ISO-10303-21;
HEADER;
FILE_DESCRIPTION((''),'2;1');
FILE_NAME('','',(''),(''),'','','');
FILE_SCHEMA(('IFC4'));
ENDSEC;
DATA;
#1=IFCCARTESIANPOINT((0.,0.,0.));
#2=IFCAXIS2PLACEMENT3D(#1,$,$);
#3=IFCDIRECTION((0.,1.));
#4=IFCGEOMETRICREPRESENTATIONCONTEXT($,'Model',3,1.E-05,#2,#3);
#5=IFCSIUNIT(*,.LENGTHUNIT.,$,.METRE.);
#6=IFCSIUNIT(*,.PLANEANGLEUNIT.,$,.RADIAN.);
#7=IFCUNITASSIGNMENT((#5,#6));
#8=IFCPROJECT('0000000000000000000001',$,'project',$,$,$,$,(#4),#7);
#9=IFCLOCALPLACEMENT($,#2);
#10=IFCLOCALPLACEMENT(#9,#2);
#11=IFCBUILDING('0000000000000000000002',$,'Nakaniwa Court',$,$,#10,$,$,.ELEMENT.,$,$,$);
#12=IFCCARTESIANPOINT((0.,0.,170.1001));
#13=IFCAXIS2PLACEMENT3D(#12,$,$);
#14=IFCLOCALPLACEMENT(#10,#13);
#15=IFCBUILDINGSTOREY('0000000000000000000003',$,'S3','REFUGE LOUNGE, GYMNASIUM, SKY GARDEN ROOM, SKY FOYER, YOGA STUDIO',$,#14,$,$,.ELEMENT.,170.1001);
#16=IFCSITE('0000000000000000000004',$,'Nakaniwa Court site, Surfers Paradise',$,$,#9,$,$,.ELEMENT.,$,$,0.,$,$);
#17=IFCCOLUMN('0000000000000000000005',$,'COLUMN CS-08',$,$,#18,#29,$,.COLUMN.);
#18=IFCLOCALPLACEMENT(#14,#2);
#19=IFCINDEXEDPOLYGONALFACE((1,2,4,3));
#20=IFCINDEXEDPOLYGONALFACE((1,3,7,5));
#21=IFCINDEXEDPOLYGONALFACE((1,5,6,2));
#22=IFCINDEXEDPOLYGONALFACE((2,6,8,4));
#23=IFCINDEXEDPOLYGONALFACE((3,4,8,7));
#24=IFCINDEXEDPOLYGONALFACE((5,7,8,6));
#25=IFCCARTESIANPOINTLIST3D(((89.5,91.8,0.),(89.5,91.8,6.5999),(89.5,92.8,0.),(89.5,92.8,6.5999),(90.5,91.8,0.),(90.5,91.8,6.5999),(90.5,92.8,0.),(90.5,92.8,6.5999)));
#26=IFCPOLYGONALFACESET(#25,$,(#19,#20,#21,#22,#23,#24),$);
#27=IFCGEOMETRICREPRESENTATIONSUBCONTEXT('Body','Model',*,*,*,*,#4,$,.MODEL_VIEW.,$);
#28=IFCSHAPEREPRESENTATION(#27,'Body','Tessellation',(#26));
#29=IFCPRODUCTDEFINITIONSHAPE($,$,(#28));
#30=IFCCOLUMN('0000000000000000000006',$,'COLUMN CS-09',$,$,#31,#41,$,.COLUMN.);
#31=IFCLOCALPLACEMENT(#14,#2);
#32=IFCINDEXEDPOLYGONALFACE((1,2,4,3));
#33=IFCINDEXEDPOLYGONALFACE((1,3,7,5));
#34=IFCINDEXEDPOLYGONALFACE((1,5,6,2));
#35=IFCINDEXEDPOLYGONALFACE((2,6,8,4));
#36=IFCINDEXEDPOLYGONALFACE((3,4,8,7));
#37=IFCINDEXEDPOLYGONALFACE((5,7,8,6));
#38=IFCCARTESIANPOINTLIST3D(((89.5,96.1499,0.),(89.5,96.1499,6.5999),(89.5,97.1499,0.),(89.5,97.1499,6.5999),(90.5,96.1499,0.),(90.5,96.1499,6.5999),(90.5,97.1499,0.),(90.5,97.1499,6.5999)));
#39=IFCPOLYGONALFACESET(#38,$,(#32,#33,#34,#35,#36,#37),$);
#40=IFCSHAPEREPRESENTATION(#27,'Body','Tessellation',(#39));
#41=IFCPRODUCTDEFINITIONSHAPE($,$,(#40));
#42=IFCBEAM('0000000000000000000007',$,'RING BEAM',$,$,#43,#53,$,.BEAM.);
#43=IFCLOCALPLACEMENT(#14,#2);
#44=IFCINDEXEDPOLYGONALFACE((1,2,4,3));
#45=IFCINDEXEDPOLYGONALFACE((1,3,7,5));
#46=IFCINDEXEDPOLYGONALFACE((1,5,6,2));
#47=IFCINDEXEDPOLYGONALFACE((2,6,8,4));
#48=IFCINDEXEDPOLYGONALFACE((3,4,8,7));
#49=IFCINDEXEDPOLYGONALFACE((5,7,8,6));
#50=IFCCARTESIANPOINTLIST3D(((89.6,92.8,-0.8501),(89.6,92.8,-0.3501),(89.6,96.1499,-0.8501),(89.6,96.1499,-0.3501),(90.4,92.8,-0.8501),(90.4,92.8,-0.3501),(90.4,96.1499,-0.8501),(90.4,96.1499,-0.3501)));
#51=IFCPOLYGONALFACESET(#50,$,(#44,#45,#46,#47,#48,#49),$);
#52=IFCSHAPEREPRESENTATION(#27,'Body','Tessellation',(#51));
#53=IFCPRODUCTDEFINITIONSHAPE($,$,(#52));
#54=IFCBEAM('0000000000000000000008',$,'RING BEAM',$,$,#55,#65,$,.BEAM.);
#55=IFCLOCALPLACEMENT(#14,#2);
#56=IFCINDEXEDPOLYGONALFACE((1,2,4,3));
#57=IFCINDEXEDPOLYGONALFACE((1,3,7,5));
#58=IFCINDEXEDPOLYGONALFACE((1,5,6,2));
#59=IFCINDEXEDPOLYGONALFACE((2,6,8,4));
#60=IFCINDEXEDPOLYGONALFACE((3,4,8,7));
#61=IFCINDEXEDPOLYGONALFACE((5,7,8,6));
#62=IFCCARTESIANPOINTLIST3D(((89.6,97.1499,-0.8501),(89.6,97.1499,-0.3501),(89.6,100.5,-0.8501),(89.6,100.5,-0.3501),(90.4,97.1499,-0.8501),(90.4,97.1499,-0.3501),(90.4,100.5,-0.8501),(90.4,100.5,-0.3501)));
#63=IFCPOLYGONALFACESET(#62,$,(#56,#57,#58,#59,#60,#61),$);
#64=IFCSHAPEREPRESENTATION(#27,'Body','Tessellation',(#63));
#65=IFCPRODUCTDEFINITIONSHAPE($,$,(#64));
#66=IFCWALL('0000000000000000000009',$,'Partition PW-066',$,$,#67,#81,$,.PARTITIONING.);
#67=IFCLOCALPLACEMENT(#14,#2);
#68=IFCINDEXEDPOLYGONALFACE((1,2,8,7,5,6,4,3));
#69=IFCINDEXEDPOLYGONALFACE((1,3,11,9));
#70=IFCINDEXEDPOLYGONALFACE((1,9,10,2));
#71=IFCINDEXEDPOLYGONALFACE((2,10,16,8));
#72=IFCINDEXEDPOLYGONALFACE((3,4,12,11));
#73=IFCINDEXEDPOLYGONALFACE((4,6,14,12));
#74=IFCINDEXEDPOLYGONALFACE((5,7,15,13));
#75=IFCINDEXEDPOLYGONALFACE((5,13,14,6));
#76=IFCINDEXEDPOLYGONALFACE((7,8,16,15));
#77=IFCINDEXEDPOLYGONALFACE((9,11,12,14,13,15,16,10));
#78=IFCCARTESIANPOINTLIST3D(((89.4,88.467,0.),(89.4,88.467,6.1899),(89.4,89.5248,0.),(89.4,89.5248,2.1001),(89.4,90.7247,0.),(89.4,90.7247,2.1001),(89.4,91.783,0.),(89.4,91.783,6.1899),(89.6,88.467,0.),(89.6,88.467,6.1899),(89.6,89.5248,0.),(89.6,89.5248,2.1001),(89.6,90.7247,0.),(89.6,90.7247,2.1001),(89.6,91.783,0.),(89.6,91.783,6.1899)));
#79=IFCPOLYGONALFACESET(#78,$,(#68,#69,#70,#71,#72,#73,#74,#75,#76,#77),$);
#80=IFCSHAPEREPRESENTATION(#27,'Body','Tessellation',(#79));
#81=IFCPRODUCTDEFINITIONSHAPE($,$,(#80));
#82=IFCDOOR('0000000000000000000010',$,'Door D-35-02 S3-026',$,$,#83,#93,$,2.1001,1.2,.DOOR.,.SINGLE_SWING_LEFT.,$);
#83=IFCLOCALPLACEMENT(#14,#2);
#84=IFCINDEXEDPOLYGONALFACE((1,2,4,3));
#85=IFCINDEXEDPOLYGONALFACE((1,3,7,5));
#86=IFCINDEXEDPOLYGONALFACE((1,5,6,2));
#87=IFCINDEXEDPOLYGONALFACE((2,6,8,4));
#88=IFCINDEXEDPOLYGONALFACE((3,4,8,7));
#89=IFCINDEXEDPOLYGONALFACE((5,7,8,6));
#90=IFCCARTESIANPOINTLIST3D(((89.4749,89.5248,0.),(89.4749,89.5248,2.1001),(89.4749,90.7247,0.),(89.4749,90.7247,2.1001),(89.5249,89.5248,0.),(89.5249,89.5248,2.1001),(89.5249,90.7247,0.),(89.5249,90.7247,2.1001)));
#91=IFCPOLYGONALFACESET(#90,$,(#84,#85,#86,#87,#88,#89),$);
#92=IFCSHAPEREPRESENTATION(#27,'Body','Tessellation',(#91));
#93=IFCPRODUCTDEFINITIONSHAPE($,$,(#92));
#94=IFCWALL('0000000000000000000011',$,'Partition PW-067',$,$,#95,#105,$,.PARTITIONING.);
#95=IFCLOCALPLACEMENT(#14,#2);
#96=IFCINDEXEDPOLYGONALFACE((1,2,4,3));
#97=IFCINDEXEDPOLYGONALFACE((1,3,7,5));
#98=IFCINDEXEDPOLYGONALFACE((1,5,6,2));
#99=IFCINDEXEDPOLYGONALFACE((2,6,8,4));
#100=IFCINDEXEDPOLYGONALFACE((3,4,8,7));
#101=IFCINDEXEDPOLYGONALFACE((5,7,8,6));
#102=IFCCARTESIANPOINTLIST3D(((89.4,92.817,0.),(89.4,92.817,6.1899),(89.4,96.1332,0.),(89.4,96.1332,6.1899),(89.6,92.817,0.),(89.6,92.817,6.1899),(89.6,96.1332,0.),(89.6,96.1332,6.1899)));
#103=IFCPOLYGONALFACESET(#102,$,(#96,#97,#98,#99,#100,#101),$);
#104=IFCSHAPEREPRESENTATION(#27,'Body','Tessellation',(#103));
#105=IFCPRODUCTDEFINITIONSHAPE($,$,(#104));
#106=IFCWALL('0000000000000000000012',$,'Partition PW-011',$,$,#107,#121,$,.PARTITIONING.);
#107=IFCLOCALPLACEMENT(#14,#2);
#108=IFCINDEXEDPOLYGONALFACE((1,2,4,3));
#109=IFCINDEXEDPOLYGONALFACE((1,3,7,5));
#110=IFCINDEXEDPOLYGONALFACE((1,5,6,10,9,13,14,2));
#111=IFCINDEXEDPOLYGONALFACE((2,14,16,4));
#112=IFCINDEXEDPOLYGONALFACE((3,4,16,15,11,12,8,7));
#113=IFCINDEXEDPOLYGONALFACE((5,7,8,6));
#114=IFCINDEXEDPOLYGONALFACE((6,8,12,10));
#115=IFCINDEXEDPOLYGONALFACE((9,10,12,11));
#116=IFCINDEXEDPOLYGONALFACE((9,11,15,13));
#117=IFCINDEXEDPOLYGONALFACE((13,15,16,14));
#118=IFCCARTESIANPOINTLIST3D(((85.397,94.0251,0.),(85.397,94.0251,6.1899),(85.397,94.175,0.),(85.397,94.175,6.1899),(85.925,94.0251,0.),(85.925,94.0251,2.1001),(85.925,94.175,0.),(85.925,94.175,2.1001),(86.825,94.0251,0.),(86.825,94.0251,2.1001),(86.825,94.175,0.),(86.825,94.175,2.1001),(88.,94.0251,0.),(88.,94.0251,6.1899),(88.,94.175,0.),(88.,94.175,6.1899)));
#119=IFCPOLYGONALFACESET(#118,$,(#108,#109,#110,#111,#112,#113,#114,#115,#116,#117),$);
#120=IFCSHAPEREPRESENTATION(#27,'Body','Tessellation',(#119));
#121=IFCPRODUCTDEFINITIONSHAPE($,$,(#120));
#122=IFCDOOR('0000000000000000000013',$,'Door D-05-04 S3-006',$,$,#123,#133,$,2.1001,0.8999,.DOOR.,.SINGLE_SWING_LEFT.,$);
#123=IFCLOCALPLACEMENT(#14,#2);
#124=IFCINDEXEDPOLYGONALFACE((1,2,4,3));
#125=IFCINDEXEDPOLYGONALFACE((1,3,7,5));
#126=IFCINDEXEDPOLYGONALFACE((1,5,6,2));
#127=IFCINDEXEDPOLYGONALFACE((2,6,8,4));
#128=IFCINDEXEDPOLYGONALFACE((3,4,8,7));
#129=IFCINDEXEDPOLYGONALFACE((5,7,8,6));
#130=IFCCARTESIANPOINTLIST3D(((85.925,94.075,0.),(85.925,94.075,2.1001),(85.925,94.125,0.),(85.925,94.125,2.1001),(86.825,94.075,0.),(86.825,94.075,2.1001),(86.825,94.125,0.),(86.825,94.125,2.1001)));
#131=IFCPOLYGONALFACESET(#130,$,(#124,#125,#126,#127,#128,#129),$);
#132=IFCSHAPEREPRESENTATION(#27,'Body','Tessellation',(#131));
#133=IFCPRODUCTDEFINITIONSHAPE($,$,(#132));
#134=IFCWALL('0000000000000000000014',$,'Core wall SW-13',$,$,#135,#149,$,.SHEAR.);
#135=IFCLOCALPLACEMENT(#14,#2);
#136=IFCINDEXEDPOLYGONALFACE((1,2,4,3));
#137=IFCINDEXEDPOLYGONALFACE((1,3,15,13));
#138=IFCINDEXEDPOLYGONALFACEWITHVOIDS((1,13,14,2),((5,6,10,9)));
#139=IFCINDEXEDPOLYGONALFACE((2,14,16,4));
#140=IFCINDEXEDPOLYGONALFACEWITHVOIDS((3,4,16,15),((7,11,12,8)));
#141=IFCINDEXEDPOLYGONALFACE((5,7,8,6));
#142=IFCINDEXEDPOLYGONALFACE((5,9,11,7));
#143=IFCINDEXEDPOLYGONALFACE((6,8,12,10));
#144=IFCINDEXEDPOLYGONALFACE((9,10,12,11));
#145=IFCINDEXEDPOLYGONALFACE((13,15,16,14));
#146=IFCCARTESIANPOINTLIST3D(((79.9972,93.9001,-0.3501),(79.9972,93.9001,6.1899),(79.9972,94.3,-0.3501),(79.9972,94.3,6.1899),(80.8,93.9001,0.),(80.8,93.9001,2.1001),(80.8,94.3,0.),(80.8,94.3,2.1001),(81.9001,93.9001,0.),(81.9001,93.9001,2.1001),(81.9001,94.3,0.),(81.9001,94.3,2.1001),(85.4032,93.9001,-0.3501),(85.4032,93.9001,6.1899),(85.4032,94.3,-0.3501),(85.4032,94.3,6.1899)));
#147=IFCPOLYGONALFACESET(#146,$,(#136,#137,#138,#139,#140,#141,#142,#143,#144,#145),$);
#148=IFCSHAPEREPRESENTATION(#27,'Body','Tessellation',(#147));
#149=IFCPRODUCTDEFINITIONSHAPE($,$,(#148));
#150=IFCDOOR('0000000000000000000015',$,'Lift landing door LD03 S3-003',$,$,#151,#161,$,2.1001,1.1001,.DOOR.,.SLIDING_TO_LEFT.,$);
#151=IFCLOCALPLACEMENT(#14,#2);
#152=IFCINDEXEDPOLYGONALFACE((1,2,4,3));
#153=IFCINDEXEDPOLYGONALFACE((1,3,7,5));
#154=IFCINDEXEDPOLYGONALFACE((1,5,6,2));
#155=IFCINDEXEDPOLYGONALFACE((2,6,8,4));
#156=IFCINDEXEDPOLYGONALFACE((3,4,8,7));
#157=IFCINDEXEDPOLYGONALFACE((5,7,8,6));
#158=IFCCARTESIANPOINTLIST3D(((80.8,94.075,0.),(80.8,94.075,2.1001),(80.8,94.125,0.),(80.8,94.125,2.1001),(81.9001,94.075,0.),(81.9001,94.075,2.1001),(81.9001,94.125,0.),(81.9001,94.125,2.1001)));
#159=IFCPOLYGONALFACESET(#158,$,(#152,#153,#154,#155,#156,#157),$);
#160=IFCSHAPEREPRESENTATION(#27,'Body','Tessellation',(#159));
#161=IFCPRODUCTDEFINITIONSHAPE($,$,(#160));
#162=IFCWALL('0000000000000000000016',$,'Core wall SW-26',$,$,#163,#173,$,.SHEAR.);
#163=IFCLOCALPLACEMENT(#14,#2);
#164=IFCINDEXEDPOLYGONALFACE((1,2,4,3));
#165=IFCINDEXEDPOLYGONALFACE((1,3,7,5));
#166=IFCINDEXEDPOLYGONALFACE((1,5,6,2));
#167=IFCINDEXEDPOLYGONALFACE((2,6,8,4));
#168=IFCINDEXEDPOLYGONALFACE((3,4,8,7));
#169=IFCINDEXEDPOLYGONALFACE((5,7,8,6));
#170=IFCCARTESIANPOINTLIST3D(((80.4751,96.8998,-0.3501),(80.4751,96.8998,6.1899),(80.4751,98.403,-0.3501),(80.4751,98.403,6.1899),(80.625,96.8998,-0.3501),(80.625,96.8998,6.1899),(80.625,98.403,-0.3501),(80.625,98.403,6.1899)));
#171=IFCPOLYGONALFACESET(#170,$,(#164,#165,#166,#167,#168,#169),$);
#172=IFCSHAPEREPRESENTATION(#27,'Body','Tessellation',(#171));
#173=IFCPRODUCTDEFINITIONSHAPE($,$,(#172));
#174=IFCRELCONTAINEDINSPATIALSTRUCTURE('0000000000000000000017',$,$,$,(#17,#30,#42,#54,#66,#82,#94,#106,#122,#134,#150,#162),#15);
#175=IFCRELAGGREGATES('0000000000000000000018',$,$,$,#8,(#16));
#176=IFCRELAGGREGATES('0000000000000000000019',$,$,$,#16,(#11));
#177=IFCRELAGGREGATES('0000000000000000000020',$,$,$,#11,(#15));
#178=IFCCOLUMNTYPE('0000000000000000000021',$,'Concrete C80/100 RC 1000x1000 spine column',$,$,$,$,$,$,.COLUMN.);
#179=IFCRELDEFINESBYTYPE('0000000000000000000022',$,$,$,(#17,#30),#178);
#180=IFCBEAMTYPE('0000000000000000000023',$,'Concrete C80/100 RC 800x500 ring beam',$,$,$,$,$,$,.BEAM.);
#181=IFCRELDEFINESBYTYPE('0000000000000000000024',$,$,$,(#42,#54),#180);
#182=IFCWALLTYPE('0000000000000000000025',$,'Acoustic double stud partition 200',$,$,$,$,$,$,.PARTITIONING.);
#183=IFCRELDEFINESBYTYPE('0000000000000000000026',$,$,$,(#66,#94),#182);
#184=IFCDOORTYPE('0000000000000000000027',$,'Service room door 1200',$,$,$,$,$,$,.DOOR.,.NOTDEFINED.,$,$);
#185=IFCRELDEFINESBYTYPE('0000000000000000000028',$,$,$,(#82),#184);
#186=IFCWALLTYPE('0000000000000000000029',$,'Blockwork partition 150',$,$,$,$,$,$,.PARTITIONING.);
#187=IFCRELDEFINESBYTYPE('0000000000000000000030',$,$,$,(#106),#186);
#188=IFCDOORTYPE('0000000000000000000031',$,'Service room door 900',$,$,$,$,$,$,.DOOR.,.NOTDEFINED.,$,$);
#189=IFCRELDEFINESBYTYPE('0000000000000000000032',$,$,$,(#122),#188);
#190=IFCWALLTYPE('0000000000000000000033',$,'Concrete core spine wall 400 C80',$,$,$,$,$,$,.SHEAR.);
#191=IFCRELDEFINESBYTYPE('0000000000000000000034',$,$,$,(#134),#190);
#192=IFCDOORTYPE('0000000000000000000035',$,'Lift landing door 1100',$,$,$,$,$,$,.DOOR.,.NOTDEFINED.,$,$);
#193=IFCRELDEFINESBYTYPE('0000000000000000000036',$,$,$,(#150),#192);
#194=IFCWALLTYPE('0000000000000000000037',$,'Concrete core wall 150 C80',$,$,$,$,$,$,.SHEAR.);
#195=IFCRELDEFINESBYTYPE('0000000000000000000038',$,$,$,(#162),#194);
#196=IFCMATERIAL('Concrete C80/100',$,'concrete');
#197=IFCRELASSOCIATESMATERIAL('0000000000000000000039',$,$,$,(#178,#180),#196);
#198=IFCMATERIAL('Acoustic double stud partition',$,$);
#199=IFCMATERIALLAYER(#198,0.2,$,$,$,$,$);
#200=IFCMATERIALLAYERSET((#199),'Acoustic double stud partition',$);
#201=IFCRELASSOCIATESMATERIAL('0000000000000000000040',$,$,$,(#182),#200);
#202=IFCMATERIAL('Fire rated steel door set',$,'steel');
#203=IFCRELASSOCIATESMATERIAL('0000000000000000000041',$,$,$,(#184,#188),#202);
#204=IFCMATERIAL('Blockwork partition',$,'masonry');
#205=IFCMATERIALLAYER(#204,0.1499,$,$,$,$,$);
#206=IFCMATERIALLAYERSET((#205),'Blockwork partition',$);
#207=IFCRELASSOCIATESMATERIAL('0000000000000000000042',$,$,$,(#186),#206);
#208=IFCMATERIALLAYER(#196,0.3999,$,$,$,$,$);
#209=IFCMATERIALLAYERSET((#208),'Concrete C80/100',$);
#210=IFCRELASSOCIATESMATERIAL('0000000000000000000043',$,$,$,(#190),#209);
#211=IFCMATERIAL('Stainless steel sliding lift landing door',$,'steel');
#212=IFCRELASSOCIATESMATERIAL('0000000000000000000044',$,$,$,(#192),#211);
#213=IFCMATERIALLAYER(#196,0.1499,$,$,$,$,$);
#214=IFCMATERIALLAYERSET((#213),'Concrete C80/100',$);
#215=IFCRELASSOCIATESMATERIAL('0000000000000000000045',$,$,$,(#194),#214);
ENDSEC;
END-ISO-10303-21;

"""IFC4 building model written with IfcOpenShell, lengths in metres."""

from ifc_helpers import new_model, si_unit, direction, frame, frame_2d, origin, origin_2d, place, context, subcontext, project, spatial, rectangle, extrude, material, layer, layer_set, material_profile, profile_set, type_object, element, fill, save


model = new_model("IFC4")

# Units and contexts
model_context = context("Model", 3, precision=1e-05, world=origin(), true_north=direction((0.0, 1.0)))
body_context = subcontext(model_context, "Body", "Model", "MODEL_VIEW")
ifc_project = project(units=[si_unit("LENGTHUNIT", "METRE"), si_unit("PLANEANGLEUNIT", "RADIAN")], contexts=[model_context])

# Site, building, storey
site_placement = place(None, origin())
site = spatial("IfcSite", under=ifc_project, at=site_placement, Name="Nakaniwa Court site, Surfers Paradise", CompositionType="ELEMENT", RefElevation=0.0)
building_placement = place(site_placement, origin())
building = spatial("IfcBuilding", under=site, at=building_placement, Name="Nakaniwa Court", CompositionType="ELEMENT")
storey_placement = place(building_placement, frame((0.0, 0.0, 170.1001)))
storey = spatial("IfcBuildingStorey", under=building, at=storey_placement, Name="S3", Description="REFUGE LOUNGE, GYMNASIUM, SKY GARDEN ROOM, SKY FOYER, YOGA STUDIO", CompositionType="ELEMENT", Elevation=170.1001)

# Columns
ifc_material_1 = material(Name="Concrete C80/100", Category="concrete")
ifc_material_profile_1 = material_profile(ifc_material_1, rectangle(XDim=1.0, YDim=1.0, at=origin_2d()), Name="Concrete C80/100 RC 1000x1000 spine column")
ifc_profile_set_1 = profile_set([ifc_material_profile_1], Name="Concrete C80/100")
column_type = type_object("IfcColumnType", Name="Concrete C80/100 RC 1000x1000 spine column", PredefinedType="COLUMN", material=ifc_profile_set_1)
for number, where, z_axis, x_axis, name in (
    (1, (90.0, 92.3, 0.0), (0.0, 0.0, 1.0), (0.0, 1.0, 0.0), "COLUMN CS-08"),
    (2, (90.0, 96.6499, 0.0), (0.0, 0.0, 1.0), (0.0, 1.0, 0.0), "COLUMN CS-09"),
):
    element("IfcColumn", number, at=place(storey_placement, frame(where, z_axis=z_axis, x_axis=x_axis)), inside=storey, type_object=column_type, Name=name, PredefinedType="COLUMN", context=body_context, shape_type="SweptSolid", body=[
        extrude(rectangle(XDim=1.0, YDim=1.0, at=origin_2d()), origin(), (0.0, 0.0, 1.0), 6.5999),
    ])

# Beams
ifc_material_profile_2 = material_profile(ifc_material_1, rectangle(XDim=0.8, YDim=0.5, at=origin_2d()), Name="Concrete C80/100 RC 800x500 ring beam")
ifc_profile_set_2 = profile_set([ifc_material_profile_2], Name="Concrete C80/100")
beam_type = type_object("IfcBeamType", Name="Concrete C80/100 RC 800x500 ring beam", PredefinedType="BEAM", material=ifc_profile_set_2)
beam_1_placement = place(storey_placement, frame((90.0, 92.8, -0.6001), z_axis=(0.0, 1.0, 0.0), x_axis=(-1.0, 0.0, 0.0)))
element("IfcBeam", 3, at=beam_1_placement, inside=storey, type_object=beam_type, Name="RING BEAM", PredefinedType="BEAM", context=body_context, shape_type="SweptSolid", body=[
    extrude(rectangle(XDim=0.8, YDim=0.5, at=origin_2d()), origin(), (0.0, 0.0, 1.0), 3.3499),
])
beam_2_placement = place(storey_placement, frame((90.0, 97.1499, -0.6001), z_axis=(0.0, 1.0, 0.0), x_axis=(-1.0, 0.0, 0.0)))
element("IfcBeam", 4, at=beam_2_placement, inside=storey, type_object=beam_type, Name="RING BEAM", PredefinedType="BEAM", context=body_context, shape_type="SweptSolid", body=[
    extrude(rectangle(XDim=0.8, YDim=0.5, at=origin_2d()), origin(), (0.0, 0.0, 1.0), 3.3501),
])

# Wall, opening, door
ifc_material_2 = material(Name="Acoustic double stud partition")
ifc_layer_1 = layer(ifc_material_2, 0.2)
ifc_layer_set_1 = layer_set([ifc_layer_1], Name="Acoustic double stud partition")
wall_type_1 = type_object("IfcWallType", Name="Acoustic double stud partition 200", PredefinedType="PARTITIONING", material=ifc_layer_set_1)
wall_1_placement = place(storey_placement, frame((89.5, 91.783, 0.0), z_axis=(0.0, 0.0, 1.0), x_axis=(0.0, -1.0, 0.0)))
wall_1 = element("IfcWall", 5, at=wall_1_placement, inside=storey, type_object=wall_type_1, Name="Partition PW-066", PredefinedType="PARTITIONING", context=body_context, shape_type="SweptSolid", body=[
    extrude(rectangle(XDim=3.3159, YDim=0.2, at=frame_2d((1.658, 0.0))), origin(), (0.0, 0.0, 1.0), 6.1899),
])
opening_1_placement = place(wall_1_placement, frame((1.0581, 0.0, 0.0)))
opening_1 = element("IfcOpeningElement", 6, at=opening_1_placement, cuts=wall_1, PredefinedType="OPENING", context=body_context, shape_type="SweptSolid", body=[
    extrude(rectangle(XDim=1.2, YDim=2.1001, at=frame_2d((0.6001, 1.05))), frame((0.0, 0.1099, 0.0), z_axis=(0.0, -1.0, 0.0), x_axis=(1.0, 0.0, 0.0)), (0.0, 0.0, 1.0), 0.22),
])
ifc_material_3 = material(Name="Fire rated steel door set", Category="steel")
door_type_1 = type_object("IfcDoorType", Name="Service room door 1200", OperationType="NOTDEFINED", PredefinedType="DOOR", material=ifc_material_3)
door_1_placement = place(opening_1_placement, origin())
door_1 = element("IfcDoor", 7, at=door_1_placement, inside=storey, type_object=door_type_1, Name="Door D-35-02 S3-026", OperationType="SINGLE_SWING_LEFT", OverallHeight=2.1001, OverallWidth=1.2, PredefinedType="DOOR", context=body_context, shape_type="SweptSolid", body=[
    extrude(rectangle(XDim=1.2, YDim=2.1001, at=frame_2d((0.6001, 1.05))), frame((0.0, 0.0249, 0.0), z_axis=(0.0, -1.0, 0.0), x_axis=(1.0, 0.0, 0.0)), (0.0, 0.0, 1.0), 0.05),
])
fill(opening_1, door_1)

# Wall
wall_2_placement = place(storey_placement, frame((89.5, 92.8169, 0.0), z_axis=(0.0, 0.0, 1.0), x_axis=(0.0, 1.0, 0.0)))
element("IfcWall", 8, at=wall_2_placement, inside=storey, type_object=wall_type_1, Name="Partition PW-067", PredefinedType="PARTITIONING", context=body_context, shape_type="SweptSolid", body=[
    extrude(rectangle(XDim=3.3162, YDim=0.2, at=frame_2d((1.6582, 0.0))), origin(), (0.0, 0.0, 1.0), 6.1899),
])

# Walls, openings, doors
ifc_material_4 = material(Name="Blockwork partition", Category="masonry")
ifc_layer_2 = layer(ifc_material_4, 0.1499)
ifc_layer_set_2 = layer_set([ifc_layer_2], Name="Blockwork partition")
wall_type_2 = type_object("IfcWallType", Name="Blockwork partition 150", PredefinedType="PARTITIONING", material=ifc_layer_set_2)
wall_3_placement = place(storey_placement, frame((85.397, 94.1001, 0.0), z_axis=(0.0, 0.0, 1.0), x_axis=(1.0, 0.0, 0.0)))
wall_3 = element("IfcWall", 9, at=wall_3_placement, inside=storey, type_object=wall_type_2, Name="Partition PW-011", PredefinedType="PARTITIONING", context=body_context, shape_type="SweptSolid", body=[
    extrude(rectangle(XDim=2.603, YDim=0.1499, at=frame_2d((1.3015, 0.0))), origin(), (0.0, 0.0, 1.0), 6.1899),
])
opening_2_placement = place(wall_3_placement, frame((0.5281, 0.0, 0.0)))
opening_2 = element("IfcOpeningElement", 10, at=opening_2_placement, cuts=wall_3, PredefinedType="OPENING", context=body_context, shape_type="SweptSolid", body=[
    extrude(rectangle(XDim=0.8999, YDim=2.1001, at=frame_2d((0.45, 1.05))), frame((0.0, 0.085, 0.0), z_axis=(0.0, -1.0, 0.0), x_axis=(1.0, 0.0, 0.0)), (0.0, 0.0, 1.0), 0.1699),
])
door_type_2 = type_object("IfcDoorType", Name="Service room door 900", OperationType="NOTDEFINED", PredefinedType="DOOR", material=ifc_material_3)
door_2_placement = place(opening_2_placement, origin())
door_2 = element("IfcDoor", 11, at=door_2_placement, inside=storey, type_object=door_type_2, Name="Door D-05-04 S3-006", OperationType="SINGLE_SWING_LEFT", OverallHeight=2.1001, OverallWidth=0.8999, PredefinedType="DOOR", context=body_context, shape_type="SweptSolid", body=[
    extrude(rectangle(XDim=0.8999, YDim=2.1001, at=frame_2d((0.45, 1.05))), frame((0.0, 0.0249, 0.0), z_axis=(0.0, -1.0, 0.0), x_axis=(1.0, 0.0, 0.0)), (0.0, 0.0, 1.0), 0.05),
])
fill(opening_2, door_2)
ifc_layer_3 = layer(ifc_material_1, 0.3999)
ifc_layer_set_3 = layer_set([ifc_layer_3], Name="Concrete C80/100")
wall_type_3 = type_object("IfcWallType", Name="Concrete core spine wall 400 C80", PredefinedType="SHEAR", material=ifc_layer_set_3)
wall_4_placement = place(storey_placement, frame((79.9971, 94.1001, -0.3501), z_axis=(0.0, 0.0, 1.0), x_axis=(1.0, 0.0, 0.0)))
wall_4 = element("IfcWall", 12, at=wall_4_placement, inside=storey, type_object=wall_type_3, Name="Core wall SW-13", PredefinedType="SHEAR", context=body_context, shape_type="SweptSolid", body=[
    extrude(rectangle(XDim=5.406, YDim=0.3999, at=frame_2d((2.7031, 0.0))), origin(), (0.0, 0.0, 1.0), 6.54),
])
opening_3_placement = place(wall_4_placement, frame((0.803, 0.0, 0.3501)))
opening_3 = element("IfcOpeningElement", 13, at=opening_3_placement, cuts=wall_4, PredefinedType="OPENING", context=body_context, shape_type="SweptSolid", body=[
    extrude(rectangle(XDim=1.1001, YDim=2.1001, at=frame_2d((0.55, 1.05))), frame((0.0, 0.21, 0.0), z_axis=(0.0, -1.0, 0.0), x_axis=(1.0, 0.0, 0.0)), (0.0, 0.0, 1.0), 0.4199),
])
ifc_material_5 = material(Name="Stainless steel sliding lift landing door", Category="steel")
door_type_3 = type_object("IfcDoorType", Name="Lift landing door 1100", OperationType="NOTDEFINED", PredefinedType="DOOR", material=ifc_material_5)
door_3_placement = place(opening_3_placement, origin())
door_3 = element("IfcDoor", 14, at=door_3_placement, inside=storey, type_object=door_type_3, Name="Lift landing door LD03 S3-003", OperationType="SLIDING_TO_LEFT", OverallHeight=2.1001, OverallWidth=1.1001, PredefinedType="DOOR", context=body_context, shape_type="SweptSolid", body=[
    extrude(rectangle(XDim=1.1001, YDim=2.1001, at=frame_2d((0.55, 1.05))), frame((0.0, 0.0249, 0.0), z_axis=(0.0, -1.0, 0.0), x_axis=(1.0, 0.0, 0.0)), (0.0, 0.0, 1.0), 0.05),
])
fill(opening_3, door_3)

# Wall
ifc_layer_4 = layer(ifc_material_1, 0.1499)
ifc_layer_set_4 = layer_set([ifc_layer_4], Name="Concrete C80/100")
wall_type_4 = type_object("IfcWallType", Name="Concrete core wall 150 C80", PredefinedType="SHEAR", material=ifc_layer_set_4)
wall_5_placement = place(storey_placement, frame((80.55, 96.8999, -0.3501), z_axis=(0.0, 0.0, 1.0), x_axis=(0.0, 1.0, 0.0)))
element("IfcWall", 15, at=wall_5_placement, inside=storey, type_object=wall_type_4, Name="Core wall SW-26", PredefinedType="SHEAR", context=body_context, shape_type="SweptSolid", body=[
    extrude(rectangle(XDim=1.5032, YDim=0.1499, at=frame_2d((0.7515, 0.0))), origin(), (0.0, 0.0, 1.0), 6.54),
])

save(model, "model.ifc")
